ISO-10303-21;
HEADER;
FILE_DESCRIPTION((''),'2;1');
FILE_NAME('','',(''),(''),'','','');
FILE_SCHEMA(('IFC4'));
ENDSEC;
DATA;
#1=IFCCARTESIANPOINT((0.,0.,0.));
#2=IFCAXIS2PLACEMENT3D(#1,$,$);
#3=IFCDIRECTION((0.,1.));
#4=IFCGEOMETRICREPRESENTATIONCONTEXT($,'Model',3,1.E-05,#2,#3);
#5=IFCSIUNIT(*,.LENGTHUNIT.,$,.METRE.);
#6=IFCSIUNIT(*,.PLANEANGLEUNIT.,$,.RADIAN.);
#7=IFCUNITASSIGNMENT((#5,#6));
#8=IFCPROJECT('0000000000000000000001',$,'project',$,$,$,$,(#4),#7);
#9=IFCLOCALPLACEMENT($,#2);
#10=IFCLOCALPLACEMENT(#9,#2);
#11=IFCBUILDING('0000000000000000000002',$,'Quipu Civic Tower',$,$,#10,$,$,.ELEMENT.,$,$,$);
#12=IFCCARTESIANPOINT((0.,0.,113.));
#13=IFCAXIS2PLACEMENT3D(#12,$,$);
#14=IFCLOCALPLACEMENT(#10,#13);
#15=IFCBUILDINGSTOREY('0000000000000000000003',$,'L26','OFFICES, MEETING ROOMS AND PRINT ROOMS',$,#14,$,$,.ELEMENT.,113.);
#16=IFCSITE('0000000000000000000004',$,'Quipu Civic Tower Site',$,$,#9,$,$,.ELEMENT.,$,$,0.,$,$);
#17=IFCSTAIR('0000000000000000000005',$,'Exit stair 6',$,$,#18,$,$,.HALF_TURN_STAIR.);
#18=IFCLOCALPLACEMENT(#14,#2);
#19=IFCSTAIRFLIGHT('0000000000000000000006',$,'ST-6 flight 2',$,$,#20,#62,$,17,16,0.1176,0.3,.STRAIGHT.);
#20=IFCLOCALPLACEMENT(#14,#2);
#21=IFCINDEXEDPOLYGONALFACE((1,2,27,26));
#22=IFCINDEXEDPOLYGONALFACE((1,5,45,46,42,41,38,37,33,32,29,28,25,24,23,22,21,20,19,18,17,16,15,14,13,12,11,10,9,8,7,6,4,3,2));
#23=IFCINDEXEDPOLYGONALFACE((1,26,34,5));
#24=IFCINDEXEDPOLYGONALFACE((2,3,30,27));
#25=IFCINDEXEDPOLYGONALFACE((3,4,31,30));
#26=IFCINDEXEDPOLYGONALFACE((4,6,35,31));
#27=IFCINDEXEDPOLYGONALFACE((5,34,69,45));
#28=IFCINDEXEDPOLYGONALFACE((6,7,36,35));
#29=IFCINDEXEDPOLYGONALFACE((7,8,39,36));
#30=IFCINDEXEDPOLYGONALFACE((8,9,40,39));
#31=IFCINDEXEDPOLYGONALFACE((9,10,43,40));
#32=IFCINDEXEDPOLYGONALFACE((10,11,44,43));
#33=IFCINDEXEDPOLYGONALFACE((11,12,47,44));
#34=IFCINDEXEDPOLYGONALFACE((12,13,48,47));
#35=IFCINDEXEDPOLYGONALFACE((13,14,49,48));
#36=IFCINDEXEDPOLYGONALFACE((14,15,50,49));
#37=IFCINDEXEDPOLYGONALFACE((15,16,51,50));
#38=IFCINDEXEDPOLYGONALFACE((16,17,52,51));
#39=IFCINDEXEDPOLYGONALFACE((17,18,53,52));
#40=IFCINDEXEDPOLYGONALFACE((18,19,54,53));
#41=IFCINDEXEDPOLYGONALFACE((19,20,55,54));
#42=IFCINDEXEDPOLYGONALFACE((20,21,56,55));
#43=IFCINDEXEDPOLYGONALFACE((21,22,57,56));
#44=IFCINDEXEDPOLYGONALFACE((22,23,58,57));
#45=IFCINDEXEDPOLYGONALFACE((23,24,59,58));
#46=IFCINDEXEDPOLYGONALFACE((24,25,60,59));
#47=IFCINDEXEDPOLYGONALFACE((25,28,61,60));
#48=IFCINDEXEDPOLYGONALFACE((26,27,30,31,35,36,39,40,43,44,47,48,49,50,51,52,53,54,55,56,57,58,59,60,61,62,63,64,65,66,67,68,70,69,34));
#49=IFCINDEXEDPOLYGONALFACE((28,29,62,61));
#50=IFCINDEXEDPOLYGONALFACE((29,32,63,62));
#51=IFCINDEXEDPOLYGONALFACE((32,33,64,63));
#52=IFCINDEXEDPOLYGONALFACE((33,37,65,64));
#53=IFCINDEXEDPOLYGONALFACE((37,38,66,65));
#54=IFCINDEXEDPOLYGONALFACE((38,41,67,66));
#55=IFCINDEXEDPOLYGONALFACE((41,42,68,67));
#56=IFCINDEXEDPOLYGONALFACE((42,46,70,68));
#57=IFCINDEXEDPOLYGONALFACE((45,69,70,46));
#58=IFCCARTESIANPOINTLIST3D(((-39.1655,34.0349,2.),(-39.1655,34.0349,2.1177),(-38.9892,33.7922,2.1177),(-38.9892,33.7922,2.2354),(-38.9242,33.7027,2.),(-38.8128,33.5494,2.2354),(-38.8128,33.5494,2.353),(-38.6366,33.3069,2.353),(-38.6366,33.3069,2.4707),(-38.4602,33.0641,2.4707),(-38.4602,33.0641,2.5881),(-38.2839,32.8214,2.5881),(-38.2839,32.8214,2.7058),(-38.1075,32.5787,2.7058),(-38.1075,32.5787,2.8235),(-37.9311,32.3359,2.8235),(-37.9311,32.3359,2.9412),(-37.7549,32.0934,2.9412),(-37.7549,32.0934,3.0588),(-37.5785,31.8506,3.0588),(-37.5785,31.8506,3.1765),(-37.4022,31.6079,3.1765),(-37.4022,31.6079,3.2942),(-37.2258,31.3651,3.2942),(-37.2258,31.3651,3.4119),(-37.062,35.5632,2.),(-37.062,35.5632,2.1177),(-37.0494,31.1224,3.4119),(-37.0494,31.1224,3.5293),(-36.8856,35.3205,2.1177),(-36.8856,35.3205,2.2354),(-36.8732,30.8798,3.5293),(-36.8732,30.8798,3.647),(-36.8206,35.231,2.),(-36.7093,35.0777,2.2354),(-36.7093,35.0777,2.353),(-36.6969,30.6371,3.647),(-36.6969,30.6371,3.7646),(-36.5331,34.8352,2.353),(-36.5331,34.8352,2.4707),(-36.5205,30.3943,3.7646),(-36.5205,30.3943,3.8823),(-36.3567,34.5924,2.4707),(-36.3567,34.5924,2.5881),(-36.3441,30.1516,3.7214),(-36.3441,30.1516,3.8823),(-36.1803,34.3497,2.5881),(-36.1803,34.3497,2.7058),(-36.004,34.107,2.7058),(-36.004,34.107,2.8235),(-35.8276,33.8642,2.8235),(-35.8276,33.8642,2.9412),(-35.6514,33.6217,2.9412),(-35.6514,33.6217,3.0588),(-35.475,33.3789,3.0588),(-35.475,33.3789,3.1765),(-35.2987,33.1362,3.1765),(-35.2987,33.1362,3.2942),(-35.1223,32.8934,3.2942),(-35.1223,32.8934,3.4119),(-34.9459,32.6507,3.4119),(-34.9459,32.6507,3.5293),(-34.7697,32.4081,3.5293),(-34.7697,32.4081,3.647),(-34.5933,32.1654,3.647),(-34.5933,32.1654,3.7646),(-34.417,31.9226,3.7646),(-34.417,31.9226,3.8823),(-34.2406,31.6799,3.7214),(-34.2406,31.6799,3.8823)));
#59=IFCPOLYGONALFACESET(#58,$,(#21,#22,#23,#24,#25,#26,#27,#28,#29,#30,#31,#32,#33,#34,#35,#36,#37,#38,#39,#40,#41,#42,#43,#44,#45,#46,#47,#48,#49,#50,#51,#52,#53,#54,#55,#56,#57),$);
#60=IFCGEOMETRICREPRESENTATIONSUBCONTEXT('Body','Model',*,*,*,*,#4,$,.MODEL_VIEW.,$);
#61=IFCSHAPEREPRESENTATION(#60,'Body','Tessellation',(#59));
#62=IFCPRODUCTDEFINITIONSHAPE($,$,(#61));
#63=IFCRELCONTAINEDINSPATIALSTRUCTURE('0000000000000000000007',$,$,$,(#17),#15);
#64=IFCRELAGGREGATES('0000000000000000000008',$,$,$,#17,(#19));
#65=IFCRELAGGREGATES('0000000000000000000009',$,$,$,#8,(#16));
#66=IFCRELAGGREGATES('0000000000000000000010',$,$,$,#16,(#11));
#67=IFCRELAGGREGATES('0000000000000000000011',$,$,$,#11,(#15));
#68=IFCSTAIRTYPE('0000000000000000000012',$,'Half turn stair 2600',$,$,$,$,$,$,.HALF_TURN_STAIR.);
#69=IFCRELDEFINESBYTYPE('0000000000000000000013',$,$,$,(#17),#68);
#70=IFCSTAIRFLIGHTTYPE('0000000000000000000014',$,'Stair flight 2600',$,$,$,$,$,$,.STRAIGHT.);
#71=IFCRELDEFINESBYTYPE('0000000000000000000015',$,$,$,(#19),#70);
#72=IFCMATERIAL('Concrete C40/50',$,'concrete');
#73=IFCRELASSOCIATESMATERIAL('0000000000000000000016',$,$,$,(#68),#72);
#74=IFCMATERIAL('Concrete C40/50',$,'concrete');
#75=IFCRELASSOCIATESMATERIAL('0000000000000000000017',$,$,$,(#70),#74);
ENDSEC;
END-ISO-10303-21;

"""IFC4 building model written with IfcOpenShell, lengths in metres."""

from ifc_helpers import new_model, si_unit, direction, frame, origin, place, context, subcontext, project, spatial, polyline, outline, extrude, material, type_object, element, aggregate, save


model = new_model("IFC4")

# Units and contexts
model_context = context("Model", 3, precision=1e-05, world=origin(), true_north=direction((0.0, 1.0)))
body_context = subcontext(model_context, "Body", "Model", "MODEL_VIEW")
ifc_project = project(units=[si_unit("LENGTHUNIT", "METRE"), si_unit("PLANEANGLEUNIT", "RADIAN")], contexts=[model_context])

# Site, building, storey
site_placement = place(None, origin())
site = spatial("IfcSite", under=ifc_project, at=site_placement, Name="Quipu Civic Tower Site", CompositionType="ELEMENT", RefElevation=0.0)
building_placement = place(site_placement, origin())
building = spatial("IfcBuilding", under=site, at=building_placement, Name="Quipu Civic Tower", CompositionType="ELEMENT")
storey_placement = place(building_placement, frame((0.0, 0.0, 113.0)))
storey = spatial("IfcBuildingStorey", under=building, at=storey_placement, Name="L26", Description="OFFICES, MEETING ROOMS AND PRINT ROOMS", CompositionType="ELEMENT", Elevation=113.0)

# Stair, stair flight
ifc_material_1 = material(Name="Concrete C40/50", Category="concrete")
stair_type = type_object("IfcStairType", Name="Half turn stair 2600", PredefinedType="HALF_TURN_STAIR", material=ifc_material_1)
stair_placement = place(storey_placement, origin())
stair = element("IfcStair", 1, at=stair_placement, inside=storey, type_object=stair_type, Name="Exit stair 6", PredefinedType="HALF_TURN_STAIR")
ifc_material_2 = material(Name="Concrete C40/50", Category="concrete")
stair_flight_type = type_object("IfcStairFlightType", Name="Stair flight 2600", PredefinedType="STRAIGHT", material=ifc_material_2)
stair_flight_1_placement = place(storey_placement, frame((-38.1138, 34.7991, 2.0), z_axis=(0.0, 0.0, 1.0), x_axis=(0.587785, -0.809017, 0.0)))
stair_flight_1 = element("IfcStairFlight", 2, at=stair_flight_1_placement, type_object=stair_flight_type, Name="ST-6 flight 2", NumberOfRisers=17, NumberOfTreads=16, PredefinedType="STRAIGHT", RiserHeight=0.1176, TreadLength=0.3, context=body_context, shape_type="SweptSolid", body=[
    extrude(outline(polyline([(0.0, 0.0), (0.0, 0.1177), (0.3, 0.1177), (0.3, 0.2354), (0.6001, 0.2354), (0.6001, 0.353), (0.8999, 0.353), (0.8999, 0.4707), (1.2, 0.4707), (1.2, 0.5881), (1.5, 0.5881), (1.5, 0.7058), (1.8, 0.7058), (1.8, 0.8235), (2.1001, 0.8235), (2.1001, 0.9412), (2.3999, 0.9412), (2.3999, 1.0588), (2.7, 1.0588), (2.7, 1.1765), (3.0, 1.1765), (3.0, 1.2942), (3.3, 1.2942), (3.3, 1.4119), (3.6001, 1.4119), (3.6001, 1.5293), (3.8999, 1.5293), (3.8999, 1.647), (4.2, 1.647), (4.2, 1.7646), (4.5, 1.7646), (4.5, 1.8823), (4.8, 1.8823), (4.8, 2.0), (4.8, 1.7214), (0.4106, 0.0), (0.0, 0.0)])), frame((0.0, 1.3, 0.0), z_axis=(0.0, -1.0, 0.0), x_axis=(1.0, 0.0, 0.0)), (0.0, 0.0, 1.0), 2.6001),
])
aggregate(stair, [stair_flight_1])

save(model, "model.ifc")
